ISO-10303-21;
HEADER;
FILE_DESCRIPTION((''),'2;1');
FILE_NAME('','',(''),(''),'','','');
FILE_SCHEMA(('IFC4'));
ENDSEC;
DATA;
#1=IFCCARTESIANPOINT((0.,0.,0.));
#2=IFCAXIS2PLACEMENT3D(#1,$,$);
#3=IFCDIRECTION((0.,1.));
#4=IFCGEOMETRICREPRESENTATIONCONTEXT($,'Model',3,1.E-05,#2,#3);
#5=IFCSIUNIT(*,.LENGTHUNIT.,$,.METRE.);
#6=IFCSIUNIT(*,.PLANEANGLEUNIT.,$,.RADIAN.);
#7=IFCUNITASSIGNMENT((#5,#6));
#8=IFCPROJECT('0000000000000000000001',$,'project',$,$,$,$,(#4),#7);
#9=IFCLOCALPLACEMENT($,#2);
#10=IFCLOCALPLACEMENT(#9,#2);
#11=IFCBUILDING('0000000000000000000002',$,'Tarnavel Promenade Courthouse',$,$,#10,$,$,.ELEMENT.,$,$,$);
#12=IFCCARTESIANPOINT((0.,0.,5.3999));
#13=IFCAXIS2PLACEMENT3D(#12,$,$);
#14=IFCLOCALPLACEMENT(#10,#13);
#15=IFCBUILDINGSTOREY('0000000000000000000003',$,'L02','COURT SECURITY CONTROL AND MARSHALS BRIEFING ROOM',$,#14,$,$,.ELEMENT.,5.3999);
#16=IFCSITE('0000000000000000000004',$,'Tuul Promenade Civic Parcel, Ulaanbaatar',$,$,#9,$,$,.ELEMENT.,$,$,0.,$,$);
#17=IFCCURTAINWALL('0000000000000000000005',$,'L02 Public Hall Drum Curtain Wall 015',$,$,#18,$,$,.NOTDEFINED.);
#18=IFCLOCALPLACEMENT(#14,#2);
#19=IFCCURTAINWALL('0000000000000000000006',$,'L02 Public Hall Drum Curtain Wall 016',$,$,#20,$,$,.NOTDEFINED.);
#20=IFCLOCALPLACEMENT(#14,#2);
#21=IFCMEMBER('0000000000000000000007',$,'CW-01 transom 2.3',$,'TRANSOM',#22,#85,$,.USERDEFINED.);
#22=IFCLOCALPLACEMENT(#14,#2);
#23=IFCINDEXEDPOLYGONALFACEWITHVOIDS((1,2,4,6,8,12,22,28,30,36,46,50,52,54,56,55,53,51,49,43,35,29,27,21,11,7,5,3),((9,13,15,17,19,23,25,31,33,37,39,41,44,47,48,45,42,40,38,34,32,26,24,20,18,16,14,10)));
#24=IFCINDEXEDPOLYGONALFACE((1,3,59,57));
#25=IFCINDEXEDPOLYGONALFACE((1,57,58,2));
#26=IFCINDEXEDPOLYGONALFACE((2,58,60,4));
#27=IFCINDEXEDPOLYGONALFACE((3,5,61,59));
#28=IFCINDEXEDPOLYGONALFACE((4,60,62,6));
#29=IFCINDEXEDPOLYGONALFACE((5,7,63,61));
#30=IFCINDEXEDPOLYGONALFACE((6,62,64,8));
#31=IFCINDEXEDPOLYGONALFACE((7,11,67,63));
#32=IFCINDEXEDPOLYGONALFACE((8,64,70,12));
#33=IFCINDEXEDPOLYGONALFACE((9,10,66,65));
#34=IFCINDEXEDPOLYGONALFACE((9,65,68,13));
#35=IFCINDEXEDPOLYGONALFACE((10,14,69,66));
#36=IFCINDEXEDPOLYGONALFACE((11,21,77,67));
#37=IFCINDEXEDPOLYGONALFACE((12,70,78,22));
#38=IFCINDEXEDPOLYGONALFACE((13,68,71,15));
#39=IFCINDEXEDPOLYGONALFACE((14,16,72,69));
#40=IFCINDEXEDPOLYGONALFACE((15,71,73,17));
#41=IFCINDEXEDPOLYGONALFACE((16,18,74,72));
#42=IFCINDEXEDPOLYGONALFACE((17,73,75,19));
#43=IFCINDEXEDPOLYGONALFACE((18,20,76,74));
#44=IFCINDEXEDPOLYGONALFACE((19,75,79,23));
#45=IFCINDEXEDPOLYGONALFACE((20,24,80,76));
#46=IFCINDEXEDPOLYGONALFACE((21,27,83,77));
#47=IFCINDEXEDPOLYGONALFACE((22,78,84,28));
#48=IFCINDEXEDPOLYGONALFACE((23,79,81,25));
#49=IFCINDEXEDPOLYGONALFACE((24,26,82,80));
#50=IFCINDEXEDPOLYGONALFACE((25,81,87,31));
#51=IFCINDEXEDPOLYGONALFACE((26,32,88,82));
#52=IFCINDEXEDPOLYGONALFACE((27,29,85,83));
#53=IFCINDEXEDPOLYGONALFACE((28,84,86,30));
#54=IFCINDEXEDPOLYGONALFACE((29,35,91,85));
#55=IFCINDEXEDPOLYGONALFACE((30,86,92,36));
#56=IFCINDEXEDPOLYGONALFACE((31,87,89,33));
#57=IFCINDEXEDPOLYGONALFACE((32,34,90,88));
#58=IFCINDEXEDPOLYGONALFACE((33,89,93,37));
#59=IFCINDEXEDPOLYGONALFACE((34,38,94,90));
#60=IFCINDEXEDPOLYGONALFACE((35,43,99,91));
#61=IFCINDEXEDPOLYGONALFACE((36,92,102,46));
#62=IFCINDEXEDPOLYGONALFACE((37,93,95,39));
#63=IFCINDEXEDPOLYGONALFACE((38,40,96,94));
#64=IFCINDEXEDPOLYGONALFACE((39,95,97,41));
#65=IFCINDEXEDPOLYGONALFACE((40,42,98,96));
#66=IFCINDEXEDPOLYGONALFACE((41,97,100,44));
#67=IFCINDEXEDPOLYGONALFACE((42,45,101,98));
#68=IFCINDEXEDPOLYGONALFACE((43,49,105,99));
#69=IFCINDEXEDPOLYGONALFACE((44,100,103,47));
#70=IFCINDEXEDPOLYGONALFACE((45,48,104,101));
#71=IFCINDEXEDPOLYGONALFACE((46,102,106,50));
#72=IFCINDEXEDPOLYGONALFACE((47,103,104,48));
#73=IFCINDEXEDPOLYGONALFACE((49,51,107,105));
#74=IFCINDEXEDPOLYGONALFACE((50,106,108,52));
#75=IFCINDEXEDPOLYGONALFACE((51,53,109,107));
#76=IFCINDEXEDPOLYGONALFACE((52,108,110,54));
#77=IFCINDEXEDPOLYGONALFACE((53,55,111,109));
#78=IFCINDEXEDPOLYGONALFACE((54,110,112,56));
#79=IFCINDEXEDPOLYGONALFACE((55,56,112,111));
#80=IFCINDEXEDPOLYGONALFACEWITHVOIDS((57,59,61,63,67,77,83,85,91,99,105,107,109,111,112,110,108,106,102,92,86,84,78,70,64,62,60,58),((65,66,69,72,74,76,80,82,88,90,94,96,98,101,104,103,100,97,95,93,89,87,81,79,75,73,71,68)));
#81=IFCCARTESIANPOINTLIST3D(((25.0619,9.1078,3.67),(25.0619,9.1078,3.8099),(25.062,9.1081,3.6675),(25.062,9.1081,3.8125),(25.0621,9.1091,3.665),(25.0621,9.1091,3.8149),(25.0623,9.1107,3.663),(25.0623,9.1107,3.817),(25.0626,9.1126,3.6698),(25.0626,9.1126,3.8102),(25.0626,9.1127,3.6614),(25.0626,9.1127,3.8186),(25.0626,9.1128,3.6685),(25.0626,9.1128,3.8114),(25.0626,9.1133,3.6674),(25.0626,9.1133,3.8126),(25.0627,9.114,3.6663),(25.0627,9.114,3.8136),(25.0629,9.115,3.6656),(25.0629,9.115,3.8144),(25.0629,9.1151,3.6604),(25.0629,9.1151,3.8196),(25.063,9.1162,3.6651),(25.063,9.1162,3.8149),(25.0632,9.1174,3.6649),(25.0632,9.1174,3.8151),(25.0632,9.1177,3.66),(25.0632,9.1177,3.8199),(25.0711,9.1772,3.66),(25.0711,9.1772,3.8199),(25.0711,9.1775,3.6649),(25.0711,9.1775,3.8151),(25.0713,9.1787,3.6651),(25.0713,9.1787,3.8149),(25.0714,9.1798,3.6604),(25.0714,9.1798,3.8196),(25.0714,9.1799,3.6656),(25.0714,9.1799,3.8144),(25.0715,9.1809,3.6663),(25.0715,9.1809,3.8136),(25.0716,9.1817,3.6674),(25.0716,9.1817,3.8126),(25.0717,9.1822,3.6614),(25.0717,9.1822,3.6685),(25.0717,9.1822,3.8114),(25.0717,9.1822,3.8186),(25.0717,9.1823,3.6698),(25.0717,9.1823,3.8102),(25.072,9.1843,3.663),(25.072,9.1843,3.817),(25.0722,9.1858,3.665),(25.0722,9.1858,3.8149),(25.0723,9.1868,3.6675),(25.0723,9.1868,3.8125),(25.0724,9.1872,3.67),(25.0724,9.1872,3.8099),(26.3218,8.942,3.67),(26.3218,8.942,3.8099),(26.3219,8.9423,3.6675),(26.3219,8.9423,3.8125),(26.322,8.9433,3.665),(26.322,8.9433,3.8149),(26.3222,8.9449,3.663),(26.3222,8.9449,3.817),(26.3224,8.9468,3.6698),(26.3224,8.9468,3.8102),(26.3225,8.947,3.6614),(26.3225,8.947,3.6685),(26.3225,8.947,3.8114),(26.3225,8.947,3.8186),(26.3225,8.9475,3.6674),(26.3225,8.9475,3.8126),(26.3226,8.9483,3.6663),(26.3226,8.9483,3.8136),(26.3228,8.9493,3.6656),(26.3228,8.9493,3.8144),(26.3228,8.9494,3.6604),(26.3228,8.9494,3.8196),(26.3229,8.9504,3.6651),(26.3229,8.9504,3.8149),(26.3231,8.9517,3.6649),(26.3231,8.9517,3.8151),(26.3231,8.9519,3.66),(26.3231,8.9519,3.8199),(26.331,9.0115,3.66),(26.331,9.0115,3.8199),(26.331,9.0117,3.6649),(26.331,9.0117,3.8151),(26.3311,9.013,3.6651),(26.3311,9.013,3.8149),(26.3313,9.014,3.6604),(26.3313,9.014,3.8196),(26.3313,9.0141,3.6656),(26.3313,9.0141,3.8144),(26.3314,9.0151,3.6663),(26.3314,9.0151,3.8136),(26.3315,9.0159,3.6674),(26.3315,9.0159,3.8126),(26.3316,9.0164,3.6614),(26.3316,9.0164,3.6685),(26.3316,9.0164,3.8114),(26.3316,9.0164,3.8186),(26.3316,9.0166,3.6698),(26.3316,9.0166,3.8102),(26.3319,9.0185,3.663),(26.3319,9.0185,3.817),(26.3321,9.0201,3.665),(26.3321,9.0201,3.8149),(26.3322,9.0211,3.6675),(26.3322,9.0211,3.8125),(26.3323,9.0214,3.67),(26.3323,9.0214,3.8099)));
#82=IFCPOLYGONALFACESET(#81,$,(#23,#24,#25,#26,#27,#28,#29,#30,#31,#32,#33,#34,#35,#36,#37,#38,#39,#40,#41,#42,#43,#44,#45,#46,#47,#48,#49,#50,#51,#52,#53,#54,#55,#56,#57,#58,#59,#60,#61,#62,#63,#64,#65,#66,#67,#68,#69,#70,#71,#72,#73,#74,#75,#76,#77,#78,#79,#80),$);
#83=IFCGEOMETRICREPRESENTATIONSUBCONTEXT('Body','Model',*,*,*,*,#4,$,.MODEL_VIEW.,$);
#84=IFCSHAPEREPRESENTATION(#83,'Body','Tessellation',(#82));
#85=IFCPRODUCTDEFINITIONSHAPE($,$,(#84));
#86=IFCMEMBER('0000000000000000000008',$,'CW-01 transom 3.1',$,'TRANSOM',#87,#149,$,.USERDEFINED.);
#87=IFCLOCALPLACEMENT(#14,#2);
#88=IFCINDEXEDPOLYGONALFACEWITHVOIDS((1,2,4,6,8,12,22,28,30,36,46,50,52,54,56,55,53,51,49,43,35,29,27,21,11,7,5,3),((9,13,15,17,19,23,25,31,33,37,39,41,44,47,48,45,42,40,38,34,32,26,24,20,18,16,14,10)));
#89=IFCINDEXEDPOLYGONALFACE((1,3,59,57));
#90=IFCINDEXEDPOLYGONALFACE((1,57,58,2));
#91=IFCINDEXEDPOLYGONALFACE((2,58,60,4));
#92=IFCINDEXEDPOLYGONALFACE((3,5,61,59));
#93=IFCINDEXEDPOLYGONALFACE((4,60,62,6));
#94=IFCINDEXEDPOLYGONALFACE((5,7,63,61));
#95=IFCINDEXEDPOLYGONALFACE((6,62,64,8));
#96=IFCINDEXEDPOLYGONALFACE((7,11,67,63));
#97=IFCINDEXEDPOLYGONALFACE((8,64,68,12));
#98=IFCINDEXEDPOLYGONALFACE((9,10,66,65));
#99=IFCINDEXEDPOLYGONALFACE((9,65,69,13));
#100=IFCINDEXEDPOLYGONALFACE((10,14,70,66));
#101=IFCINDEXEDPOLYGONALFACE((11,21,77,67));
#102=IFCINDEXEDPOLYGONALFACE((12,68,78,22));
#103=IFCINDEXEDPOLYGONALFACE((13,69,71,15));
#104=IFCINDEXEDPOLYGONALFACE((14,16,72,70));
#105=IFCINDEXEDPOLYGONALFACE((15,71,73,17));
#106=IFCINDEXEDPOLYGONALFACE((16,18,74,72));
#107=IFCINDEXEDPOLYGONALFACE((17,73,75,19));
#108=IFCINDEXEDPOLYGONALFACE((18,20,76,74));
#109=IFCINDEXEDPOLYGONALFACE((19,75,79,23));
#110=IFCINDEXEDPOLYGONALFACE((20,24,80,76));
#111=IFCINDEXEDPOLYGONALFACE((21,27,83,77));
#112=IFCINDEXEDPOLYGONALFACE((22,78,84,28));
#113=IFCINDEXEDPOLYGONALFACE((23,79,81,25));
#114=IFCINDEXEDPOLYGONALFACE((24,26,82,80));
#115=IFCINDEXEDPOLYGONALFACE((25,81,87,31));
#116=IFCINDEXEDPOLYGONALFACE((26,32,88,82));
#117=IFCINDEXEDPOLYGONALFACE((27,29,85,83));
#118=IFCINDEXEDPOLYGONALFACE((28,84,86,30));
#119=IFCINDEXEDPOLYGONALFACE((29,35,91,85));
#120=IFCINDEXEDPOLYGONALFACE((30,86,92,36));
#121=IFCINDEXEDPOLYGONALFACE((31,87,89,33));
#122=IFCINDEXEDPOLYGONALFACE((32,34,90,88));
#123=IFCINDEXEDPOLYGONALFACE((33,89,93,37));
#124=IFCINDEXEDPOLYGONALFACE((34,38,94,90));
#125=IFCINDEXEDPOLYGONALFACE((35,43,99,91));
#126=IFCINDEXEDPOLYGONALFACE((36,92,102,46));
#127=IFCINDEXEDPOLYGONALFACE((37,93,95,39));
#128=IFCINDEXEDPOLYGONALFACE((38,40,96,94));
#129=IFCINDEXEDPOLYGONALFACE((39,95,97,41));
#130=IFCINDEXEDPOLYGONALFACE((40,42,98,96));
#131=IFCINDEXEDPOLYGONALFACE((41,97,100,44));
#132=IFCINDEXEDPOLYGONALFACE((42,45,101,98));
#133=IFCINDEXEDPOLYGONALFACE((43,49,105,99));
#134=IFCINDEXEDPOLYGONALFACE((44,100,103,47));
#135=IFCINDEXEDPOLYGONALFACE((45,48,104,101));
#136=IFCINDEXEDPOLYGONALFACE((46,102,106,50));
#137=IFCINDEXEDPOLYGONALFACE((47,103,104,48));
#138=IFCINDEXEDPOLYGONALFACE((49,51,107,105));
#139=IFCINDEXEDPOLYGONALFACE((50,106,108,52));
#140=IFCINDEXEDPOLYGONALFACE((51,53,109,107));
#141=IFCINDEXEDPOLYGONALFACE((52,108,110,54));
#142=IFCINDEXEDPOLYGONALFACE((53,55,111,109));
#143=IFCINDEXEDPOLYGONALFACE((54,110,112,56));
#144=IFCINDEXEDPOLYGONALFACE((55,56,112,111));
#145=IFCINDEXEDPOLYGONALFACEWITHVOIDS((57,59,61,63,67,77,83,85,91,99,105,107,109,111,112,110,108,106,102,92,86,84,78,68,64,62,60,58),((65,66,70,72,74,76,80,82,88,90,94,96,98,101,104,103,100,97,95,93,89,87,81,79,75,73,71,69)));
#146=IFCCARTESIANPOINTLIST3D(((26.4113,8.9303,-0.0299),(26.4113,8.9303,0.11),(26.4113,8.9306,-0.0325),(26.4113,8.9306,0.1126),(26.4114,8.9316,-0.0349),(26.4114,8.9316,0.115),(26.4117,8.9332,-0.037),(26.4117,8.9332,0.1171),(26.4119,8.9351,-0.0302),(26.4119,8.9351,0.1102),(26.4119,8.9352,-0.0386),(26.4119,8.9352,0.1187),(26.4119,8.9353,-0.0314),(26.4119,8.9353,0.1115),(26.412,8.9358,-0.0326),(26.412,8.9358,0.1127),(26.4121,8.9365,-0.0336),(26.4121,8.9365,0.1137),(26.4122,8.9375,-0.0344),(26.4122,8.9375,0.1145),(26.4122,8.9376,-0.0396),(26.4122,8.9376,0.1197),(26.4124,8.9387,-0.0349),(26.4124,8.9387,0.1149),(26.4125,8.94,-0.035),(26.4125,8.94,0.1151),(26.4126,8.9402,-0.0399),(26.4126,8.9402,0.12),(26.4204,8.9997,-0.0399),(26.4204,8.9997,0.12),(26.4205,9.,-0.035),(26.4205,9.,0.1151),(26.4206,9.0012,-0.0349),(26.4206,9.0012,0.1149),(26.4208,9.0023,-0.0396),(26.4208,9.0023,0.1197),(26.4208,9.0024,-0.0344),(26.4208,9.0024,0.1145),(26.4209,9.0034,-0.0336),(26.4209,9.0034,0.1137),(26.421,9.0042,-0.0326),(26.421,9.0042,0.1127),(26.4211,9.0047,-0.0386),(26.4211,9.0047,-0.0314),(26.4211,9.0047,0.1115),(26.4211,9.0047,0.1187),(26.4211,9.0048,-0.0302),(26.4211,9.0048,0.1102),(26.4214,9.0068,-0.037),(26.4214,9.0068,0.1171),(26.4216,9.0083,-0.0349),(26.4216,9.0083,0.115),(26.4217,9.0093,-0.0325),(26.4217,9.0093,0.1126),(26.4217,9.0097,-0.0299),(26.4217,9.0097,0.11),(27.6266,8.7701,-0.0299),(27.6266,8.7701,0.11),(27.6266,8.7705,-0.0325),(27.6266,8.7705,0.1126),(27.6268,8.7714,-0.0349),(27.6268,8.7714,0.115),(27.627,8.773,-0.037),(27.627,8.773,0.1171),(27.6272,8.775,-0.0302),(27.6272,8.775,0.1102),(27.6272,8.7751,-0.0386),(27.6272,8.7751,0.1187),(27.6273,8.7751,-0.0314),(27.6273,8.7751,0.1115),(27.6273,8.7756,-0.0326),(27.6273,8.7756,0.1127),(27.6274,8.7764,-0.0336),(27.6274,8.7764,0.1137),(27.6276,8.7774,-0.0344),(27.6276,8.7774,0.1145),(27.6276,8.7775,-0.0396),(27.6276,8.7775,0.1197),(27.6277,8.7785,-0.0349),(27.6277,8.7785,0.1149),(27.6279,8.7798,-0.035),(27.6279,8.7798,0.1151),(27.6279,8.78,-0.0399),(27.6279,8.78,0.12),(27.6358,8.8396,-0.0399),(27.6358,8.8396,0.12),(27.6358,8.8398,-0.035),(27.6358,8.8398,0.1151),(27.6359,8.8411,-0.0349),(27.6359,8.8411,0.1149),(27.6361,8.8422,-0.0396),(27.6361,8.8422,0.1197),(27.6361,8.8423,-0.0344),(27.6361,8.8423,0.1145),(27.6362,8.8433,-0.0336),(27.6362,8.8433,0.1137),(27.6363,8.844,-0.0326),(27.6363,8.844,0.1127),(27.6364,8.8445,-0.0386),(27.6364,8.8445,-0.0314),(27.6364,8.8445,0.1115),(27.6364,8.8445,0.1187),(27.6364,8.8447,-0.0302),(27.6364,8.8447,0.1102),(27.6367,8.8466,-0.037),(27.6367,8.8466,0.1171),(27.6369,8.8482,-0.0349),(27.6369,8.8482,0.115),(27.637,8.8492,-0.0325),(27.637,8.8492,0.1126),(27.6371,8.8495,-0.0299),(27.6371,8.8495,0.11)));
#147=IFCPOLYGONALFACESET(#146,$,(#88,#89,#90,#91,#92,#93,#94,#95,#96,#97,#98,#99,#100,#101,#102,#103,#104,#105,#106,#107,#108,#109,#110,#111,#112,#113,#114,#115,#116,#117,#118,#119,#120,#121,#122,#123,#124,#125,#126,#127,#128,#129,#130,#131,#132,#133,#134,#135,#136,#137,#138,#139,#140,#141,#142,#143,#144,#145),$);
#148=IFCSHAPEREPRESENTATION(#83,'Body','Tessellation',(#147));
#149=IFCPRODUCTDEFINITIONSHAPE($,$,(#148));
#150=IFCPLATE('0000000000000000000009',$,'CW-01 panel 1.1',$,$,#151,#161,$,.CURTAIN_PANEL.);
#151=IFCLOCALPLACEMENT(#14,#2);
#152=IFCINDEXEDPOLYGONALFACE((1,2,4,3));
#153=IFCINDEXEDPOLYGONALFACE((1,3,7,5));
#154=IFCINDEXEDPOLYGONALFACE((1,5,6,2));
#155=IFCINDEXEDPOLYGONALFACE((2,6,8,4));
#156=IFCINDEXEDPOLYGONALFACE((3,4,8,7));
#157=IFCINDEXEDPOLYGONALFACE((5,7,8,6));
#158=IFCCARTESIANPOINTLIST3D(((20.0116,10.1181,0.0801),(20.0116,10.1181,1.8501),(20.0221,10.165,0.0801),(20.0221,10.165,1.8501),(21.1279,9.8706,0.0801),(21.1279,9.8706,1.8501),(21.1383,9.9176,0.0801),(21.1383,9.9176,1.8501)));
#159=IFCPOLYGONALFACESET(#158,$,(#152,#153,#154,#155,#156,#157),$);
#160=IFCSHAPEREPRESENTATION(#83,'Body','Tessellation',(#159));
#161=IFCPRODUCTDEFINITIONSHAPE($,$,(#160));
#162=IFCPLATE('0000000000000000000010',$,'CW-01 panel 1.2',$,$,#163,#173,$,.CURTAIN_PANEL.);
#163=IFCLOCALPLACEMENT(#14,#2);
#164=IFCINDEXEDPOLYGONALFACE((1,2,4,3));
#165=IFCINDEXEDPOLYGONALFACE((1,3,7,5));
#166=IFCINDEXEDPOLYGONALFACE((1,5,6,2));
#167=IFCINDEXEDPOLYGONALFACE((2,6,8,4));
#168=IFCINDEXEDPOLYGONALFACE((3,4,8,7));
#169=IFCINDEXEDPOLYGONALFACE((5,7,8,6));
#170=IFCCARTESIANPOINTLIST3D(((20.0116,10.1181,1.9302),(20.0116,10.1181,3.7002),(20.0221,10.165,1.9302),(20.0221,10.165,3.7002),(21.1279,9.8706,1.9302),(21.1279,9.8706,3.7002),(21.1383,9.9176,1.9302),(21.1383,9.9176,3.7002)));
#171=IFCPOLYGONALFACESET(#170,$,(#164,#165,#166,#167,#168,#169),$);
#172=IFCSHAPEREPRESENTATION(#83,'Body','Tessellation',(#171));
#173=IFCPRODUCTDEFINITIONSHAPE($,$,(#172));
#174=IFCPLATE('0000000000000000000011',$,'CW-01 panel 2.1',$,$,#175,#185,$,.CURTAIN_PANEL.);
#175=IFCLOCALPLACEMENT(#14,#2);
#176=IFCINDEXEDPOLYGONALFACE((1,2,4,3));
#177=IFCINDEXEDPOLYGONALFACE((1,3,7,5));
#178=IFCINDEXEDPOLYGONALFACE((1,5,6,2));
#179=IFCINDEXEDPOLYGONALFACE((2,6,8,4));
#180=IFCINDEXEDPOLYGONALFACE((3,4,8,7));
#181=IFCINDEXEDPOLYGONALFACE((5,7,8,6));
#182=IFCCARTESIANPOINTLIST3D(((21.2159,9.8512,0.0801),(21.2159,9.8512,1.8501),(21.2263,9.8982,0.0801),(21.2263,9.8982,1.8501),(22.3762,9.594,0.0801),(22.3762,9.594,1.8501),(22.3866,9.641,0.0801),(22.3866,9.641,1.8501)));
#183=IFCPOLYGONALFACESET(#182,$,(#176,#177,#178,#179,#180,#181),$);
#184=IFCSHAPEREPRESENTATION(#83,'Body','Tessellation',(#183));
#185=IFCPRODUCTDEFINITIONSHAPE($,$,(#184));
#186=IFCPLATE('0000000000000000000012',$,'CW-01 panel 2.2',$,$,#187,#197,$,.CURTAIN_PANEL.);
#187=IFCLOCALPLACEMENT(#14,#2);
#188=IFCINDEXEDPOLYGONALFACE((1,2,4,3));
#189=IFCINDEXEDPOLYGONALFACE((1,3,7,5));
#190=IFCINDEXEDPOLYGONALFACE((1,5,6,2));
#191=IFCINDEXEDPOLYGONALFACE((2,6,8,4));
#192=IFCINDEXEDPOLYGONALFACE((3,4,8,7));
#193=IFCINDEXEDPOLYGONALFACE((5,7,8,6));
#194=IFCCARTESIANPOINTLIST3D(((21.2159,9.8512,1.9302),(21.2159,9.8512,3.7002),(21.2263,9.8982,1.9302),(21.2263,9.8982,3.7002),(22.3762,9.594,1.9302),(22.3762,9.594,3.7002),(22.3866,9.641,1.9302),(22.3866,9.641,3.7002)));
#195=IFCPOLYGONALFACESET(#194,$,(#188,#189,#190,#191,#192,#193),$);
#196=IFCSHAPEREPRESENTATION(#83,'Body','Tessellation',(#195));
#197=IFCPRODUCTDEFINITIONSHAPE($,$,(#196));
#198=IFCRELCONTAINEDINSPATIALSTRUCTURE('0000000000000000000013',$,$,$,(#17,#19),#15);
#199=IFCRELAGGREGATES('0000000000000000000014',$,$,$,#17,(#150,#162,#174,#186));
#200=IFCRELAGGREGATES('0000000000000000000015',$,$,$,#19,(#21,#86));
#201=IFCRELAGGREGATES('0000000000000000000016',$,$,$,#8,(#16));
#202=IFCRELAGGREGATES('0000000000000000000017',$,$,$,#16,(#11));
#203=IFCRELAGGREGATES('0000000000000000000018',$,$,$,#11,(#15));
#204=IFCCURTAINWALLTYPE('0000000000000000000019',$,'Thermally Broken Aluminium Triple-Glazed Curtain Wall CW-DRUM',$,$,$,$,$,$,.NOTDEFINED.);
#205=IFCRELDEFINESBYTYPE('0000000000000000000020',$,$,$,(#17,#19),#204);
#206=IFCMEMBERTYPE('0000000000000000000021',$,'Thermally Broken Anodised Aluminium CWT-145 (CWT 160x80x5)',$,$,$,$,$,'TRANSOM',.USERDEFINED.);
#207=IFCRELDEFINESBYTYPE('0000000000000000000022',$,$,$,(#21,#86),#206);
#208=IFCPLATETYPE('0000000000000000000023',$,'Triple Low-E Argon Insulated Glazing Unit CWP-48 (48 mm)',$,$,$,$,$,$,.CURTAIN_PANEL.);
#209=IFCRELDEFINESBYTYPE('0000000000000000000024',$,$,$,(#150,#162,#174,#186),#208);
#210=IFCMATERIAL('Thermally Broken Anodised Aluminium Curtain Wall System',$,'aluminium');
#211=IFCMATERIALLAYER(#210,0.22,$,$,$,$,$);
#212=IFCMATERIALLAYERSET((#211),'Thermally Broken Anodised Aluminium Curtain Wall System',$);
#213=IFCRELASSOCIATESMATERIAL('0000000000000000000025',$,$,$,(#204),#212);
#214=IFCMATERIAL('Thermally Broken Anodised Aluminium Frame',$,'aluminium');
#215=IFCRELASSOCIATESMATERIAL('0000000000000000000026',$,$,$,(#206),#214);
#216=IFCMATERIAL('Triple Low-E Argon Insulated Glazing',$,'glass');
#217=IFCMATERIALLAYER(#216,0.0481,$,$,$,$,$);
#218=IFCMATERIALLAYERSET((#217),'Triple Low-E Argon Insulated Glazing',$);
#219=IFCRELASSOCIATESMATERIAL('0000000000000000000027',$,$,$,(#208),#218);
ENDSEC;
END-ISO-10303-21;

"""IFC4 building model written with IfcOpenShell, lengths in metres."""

from ifc_helpers import new_model, si_unit, direction, frame, origin, origin_2d, place, context, subcontext, project, spatial, rectangle, hollow_rectangle, extrude, material, layer, layer_set, material_profile, profile_set, type_object, element, aggregate, save


model = new_model("IFC4")

# Units and contexts
model_context = context("Model", 3, precision=1e-05, world=origin(), true_north=direction((0.0, 1.0)))
body_context = subcontext(model_context, "Body", "Model", "MODEL_VIEW")
ifc_project = project(units=[si_unit("LENGTHUNIT", "METRE"), si_unit("PLANEANGLEUNIT", "RADIAN")], contexts=[model_context])

# Site, building, storey
site_placement = place(None, origin())
site = spatial("IfcSite", under=ifc_project, at=site_placement, Name="Tuul Promenade Civic Parcel, Ulaanbaatar", CompositionType="ELEMENT", RefElevation=0.0)
building_placement = place(site_placement, origin())
building = spatial("IfcBuilding", under=site, at=building_placement, Name="Tarnavel Promenade Courthouse", CompositionType="ELEMENT")
storey_placement = place(building_placement, frame((0.0, 0.0, 5.3999)))
storey = spatial("IfcBuildingStorey", under=building, at=storey_placement, Name="L02", Description="COURT SECURITY CONTROL AND MARSHALS BRIEFING ROOM", CompositionType="ELEMENT", Elevation=5.3999)

# Curtain walls
ifc_material_1 = material(Name="Thermally Broken Anodised Aluminium Curtain Wall System", Category="aluminium")
ifc_layer_1 = layer(ifc_material_1, 0.22)
ifc_layer_set_1 = layer_set([ifc_layer_1], Name="Thermally Broken Anodised Aluminium Curtain Wall System")
curtain_wall_type = type_object("IfcCurtainWallType", Name="Thermally Broken Aluminium Triple-Glazed Curtain Wall CW-DRUM", PredefinedType="NOTDEFINED", material=ifc_layer_set_1)
curtain_wall_1_placement = place(storey_placement, origin())
curtain_wall_1 = element("IfcCurtainWall", 1, at=curtain_wall_1_placement, inside=storey, type_object=curtain_wall_type, Name="L02 Public Hall Drum Curtain Wall 015", PredefinedType="NOTDEFINED")
ifc_material_2 = material(Name="Thermally Broken Anodised Aluminium Frame", Category="aluminium")
curtain_wall_2_placement = place(storey_placement, origin())
curtain_wall_2 = element("IfcCurtainWall", 2, at=curtain_wall_2_placement, inside=storey, type_object=curtain_wall_type, Name="L02 Public Hall Drum Curtain Wall 016", PredefinedType="NOTDEFINED")

# Members
ifc_material_profile_1 = material_profile(ifc_material_2, hollow_rectangle(XDim=0.0801, YDim=0.1599, WallThickness=0.0049, InnerFilletRadius=0.0049, OuterFilletRadius=0.01, at=origin_2d()), Name="CWT 160x80x5")
ifc_profile_set_1 = profile_set([ifc_material_profile_1], Name="Thermally Broken Anodised Aluminium Frame")
member_type_1 = type_object("IfcMemberType", Name="Thermally Broken Anodised Aluminium CWT-145 (CWT 160x80x5)", ElementType="TRANSOM", PredefinedType="USERDEFINED", material=ifc_profile_set_1)
member_1_placement = place(storey_placement, frame((25.0671, 9.1475, 3.74), z_axis=(0.991456, -0.13044, 0.0), x_axis=(0.13044, 0.991456, 0.0)))
member_1 = element("IfcMember", 3, at=member_1_placement, type_object=member_type_1, Name="CW-01 transom 2.3", ObjectType="TRANSOM", PredefinedType="USERDEFINED", context=body_context, shape_type="SweptSolid", body=[
    extrude(hollow_rectangle(XDim=0.0801, YDim=0.1599, WallThickness=0.0049, InnerFilletRadius=0.0049, OuterFilletRadius=0.01, at=origin_2d()), origin(), (0.0, 0.0, 1.0), 1.2708),
])
member_2_placement = place(storey_placement, frame((26.4165, 8.97, 0.04), z_axis=(0.991429, -0.13065, 0.0), x_axis=(0.13065, 0.991429, 0.0)))
member_2 = element("IfcMember", 4, at=member_2_placement, type_object=member_type_1, Name="CW-01 transom 3.1", ObjectType="TRANSOM", PredefinedType="USERDEFINED", context=body_context, shape_type="SweptSolid", body=[
    extrude(hollow_rectangle(XDim=0.0801, YDim=0.1599, WallThickness=0.0049, InnerFilletRadius=0.0049, OuterFilletRadius=0.01, at=origin_2d()), origin(), (0.0, 0.0, 1.0), 1.2258),
])

# Plates
ifc_material_3 = material(Name="Triple Low-E Argon Insulated Glazing", Category="glass")
ifc_layer_2 = layer(ifc_material_3, 0.0481)
ifc_layer_set_2 = layer_set([ifc_layer_2], Name="Triple Low-E Argon Insulated Glazing")
plate_type = type_object("IfcPlateType", Name="Triple Low-E Argon Insulated Glazing Unit CWP-48 (48 mm)", PredefinedType="CURTAIN_PANEL", material=ifc_layer_set_2)
plate_1_placement = place(storey_placement, frame((20.575, 10.0178, 0.0801), z_axis=(0.0, 0.0, 1.0), x_axis=(0.976296, -0.216438, 0.0)))
plate_1 = element("IfcPlate", 5, at=plate_1_placement, type_object=plate_type, Name="CW-01 panel 1.1", PredefinedType="CURTAIN_PANEL", context=body_context, shape_type="SweptSolid", body=[
    extrude(rectangle(XDim=1.1433, YDim=0.0481, at=origin_2d()), origin(), (0.0, 0.0, 1.0), 1.77),
])
plate_2_placement = place(storey_placement, frame((20.575, 10.0178, 1.9302), z_axis=(0.0, 0.0, 1.0), x_axis=(0.976296, -0.216438, 0.0)))
plate_2 = element("IfcPlate", 6, at=plate_2_placement, type_object=plate_type, Name="CW-01 panel 1.2", PredefinedType="CURTAIN_PANEL", context=body_context, shape_type="SweptSolid", body=[
    extrude(rectangle(XDim=1.1433, YDim=0.0481, at=origin_2d()), origin(), (0.0, 0.0, 1.0), 1.77),
])
plate_3_placement = place(storey_placement, frame((21.8013, 9.7461, 0.0801), z_axis=(0.0, 0.0, 1.0), x_axis=(0.976296, -0.216438, 0.0)))
plate_3 = element("IfcPlate", 7, at=plate_3_placement, type_object=plate_type, Name="CW-01 panel 2.1", PredefinedType="CURTAIN_PANEL", context=body_context, shape_type="SweptSolid", body=[
    extrude(rectangle(XDim=1.1885, YDim=0.0481, at=origin_2d()), origin(), (0.0, 0.0, 1.0), 1.77),
])
plate_4_placement = place(storey_placement, frame((21.8013, 9.7461, 1.9302), z_axis=(0.0, 0.0, 1.0), x_axis=(0.976296, -0.216438, 0.0)))
plate_4 = element("IfcPlate", 8, at=plate_4_placement, type_object=plate_type, Name="CW-01 panel 2.2", PredefinedType="CURTAIN_PANEL", context=body_context, shape_type="SweptSolid", body=[
    extrude(rectangle(XDim=1.1885, YDim=0.0481, at=origin_2d()), origin(), (0.0, 0.0, 1.0), 1.77),
])
aggregate(curtain_wall_1, [plate_1, plate_2, plate_3, plate_4])
aggregate(curtain_wall_2, [member_1, member_2])

save(model, "model.ifc")
